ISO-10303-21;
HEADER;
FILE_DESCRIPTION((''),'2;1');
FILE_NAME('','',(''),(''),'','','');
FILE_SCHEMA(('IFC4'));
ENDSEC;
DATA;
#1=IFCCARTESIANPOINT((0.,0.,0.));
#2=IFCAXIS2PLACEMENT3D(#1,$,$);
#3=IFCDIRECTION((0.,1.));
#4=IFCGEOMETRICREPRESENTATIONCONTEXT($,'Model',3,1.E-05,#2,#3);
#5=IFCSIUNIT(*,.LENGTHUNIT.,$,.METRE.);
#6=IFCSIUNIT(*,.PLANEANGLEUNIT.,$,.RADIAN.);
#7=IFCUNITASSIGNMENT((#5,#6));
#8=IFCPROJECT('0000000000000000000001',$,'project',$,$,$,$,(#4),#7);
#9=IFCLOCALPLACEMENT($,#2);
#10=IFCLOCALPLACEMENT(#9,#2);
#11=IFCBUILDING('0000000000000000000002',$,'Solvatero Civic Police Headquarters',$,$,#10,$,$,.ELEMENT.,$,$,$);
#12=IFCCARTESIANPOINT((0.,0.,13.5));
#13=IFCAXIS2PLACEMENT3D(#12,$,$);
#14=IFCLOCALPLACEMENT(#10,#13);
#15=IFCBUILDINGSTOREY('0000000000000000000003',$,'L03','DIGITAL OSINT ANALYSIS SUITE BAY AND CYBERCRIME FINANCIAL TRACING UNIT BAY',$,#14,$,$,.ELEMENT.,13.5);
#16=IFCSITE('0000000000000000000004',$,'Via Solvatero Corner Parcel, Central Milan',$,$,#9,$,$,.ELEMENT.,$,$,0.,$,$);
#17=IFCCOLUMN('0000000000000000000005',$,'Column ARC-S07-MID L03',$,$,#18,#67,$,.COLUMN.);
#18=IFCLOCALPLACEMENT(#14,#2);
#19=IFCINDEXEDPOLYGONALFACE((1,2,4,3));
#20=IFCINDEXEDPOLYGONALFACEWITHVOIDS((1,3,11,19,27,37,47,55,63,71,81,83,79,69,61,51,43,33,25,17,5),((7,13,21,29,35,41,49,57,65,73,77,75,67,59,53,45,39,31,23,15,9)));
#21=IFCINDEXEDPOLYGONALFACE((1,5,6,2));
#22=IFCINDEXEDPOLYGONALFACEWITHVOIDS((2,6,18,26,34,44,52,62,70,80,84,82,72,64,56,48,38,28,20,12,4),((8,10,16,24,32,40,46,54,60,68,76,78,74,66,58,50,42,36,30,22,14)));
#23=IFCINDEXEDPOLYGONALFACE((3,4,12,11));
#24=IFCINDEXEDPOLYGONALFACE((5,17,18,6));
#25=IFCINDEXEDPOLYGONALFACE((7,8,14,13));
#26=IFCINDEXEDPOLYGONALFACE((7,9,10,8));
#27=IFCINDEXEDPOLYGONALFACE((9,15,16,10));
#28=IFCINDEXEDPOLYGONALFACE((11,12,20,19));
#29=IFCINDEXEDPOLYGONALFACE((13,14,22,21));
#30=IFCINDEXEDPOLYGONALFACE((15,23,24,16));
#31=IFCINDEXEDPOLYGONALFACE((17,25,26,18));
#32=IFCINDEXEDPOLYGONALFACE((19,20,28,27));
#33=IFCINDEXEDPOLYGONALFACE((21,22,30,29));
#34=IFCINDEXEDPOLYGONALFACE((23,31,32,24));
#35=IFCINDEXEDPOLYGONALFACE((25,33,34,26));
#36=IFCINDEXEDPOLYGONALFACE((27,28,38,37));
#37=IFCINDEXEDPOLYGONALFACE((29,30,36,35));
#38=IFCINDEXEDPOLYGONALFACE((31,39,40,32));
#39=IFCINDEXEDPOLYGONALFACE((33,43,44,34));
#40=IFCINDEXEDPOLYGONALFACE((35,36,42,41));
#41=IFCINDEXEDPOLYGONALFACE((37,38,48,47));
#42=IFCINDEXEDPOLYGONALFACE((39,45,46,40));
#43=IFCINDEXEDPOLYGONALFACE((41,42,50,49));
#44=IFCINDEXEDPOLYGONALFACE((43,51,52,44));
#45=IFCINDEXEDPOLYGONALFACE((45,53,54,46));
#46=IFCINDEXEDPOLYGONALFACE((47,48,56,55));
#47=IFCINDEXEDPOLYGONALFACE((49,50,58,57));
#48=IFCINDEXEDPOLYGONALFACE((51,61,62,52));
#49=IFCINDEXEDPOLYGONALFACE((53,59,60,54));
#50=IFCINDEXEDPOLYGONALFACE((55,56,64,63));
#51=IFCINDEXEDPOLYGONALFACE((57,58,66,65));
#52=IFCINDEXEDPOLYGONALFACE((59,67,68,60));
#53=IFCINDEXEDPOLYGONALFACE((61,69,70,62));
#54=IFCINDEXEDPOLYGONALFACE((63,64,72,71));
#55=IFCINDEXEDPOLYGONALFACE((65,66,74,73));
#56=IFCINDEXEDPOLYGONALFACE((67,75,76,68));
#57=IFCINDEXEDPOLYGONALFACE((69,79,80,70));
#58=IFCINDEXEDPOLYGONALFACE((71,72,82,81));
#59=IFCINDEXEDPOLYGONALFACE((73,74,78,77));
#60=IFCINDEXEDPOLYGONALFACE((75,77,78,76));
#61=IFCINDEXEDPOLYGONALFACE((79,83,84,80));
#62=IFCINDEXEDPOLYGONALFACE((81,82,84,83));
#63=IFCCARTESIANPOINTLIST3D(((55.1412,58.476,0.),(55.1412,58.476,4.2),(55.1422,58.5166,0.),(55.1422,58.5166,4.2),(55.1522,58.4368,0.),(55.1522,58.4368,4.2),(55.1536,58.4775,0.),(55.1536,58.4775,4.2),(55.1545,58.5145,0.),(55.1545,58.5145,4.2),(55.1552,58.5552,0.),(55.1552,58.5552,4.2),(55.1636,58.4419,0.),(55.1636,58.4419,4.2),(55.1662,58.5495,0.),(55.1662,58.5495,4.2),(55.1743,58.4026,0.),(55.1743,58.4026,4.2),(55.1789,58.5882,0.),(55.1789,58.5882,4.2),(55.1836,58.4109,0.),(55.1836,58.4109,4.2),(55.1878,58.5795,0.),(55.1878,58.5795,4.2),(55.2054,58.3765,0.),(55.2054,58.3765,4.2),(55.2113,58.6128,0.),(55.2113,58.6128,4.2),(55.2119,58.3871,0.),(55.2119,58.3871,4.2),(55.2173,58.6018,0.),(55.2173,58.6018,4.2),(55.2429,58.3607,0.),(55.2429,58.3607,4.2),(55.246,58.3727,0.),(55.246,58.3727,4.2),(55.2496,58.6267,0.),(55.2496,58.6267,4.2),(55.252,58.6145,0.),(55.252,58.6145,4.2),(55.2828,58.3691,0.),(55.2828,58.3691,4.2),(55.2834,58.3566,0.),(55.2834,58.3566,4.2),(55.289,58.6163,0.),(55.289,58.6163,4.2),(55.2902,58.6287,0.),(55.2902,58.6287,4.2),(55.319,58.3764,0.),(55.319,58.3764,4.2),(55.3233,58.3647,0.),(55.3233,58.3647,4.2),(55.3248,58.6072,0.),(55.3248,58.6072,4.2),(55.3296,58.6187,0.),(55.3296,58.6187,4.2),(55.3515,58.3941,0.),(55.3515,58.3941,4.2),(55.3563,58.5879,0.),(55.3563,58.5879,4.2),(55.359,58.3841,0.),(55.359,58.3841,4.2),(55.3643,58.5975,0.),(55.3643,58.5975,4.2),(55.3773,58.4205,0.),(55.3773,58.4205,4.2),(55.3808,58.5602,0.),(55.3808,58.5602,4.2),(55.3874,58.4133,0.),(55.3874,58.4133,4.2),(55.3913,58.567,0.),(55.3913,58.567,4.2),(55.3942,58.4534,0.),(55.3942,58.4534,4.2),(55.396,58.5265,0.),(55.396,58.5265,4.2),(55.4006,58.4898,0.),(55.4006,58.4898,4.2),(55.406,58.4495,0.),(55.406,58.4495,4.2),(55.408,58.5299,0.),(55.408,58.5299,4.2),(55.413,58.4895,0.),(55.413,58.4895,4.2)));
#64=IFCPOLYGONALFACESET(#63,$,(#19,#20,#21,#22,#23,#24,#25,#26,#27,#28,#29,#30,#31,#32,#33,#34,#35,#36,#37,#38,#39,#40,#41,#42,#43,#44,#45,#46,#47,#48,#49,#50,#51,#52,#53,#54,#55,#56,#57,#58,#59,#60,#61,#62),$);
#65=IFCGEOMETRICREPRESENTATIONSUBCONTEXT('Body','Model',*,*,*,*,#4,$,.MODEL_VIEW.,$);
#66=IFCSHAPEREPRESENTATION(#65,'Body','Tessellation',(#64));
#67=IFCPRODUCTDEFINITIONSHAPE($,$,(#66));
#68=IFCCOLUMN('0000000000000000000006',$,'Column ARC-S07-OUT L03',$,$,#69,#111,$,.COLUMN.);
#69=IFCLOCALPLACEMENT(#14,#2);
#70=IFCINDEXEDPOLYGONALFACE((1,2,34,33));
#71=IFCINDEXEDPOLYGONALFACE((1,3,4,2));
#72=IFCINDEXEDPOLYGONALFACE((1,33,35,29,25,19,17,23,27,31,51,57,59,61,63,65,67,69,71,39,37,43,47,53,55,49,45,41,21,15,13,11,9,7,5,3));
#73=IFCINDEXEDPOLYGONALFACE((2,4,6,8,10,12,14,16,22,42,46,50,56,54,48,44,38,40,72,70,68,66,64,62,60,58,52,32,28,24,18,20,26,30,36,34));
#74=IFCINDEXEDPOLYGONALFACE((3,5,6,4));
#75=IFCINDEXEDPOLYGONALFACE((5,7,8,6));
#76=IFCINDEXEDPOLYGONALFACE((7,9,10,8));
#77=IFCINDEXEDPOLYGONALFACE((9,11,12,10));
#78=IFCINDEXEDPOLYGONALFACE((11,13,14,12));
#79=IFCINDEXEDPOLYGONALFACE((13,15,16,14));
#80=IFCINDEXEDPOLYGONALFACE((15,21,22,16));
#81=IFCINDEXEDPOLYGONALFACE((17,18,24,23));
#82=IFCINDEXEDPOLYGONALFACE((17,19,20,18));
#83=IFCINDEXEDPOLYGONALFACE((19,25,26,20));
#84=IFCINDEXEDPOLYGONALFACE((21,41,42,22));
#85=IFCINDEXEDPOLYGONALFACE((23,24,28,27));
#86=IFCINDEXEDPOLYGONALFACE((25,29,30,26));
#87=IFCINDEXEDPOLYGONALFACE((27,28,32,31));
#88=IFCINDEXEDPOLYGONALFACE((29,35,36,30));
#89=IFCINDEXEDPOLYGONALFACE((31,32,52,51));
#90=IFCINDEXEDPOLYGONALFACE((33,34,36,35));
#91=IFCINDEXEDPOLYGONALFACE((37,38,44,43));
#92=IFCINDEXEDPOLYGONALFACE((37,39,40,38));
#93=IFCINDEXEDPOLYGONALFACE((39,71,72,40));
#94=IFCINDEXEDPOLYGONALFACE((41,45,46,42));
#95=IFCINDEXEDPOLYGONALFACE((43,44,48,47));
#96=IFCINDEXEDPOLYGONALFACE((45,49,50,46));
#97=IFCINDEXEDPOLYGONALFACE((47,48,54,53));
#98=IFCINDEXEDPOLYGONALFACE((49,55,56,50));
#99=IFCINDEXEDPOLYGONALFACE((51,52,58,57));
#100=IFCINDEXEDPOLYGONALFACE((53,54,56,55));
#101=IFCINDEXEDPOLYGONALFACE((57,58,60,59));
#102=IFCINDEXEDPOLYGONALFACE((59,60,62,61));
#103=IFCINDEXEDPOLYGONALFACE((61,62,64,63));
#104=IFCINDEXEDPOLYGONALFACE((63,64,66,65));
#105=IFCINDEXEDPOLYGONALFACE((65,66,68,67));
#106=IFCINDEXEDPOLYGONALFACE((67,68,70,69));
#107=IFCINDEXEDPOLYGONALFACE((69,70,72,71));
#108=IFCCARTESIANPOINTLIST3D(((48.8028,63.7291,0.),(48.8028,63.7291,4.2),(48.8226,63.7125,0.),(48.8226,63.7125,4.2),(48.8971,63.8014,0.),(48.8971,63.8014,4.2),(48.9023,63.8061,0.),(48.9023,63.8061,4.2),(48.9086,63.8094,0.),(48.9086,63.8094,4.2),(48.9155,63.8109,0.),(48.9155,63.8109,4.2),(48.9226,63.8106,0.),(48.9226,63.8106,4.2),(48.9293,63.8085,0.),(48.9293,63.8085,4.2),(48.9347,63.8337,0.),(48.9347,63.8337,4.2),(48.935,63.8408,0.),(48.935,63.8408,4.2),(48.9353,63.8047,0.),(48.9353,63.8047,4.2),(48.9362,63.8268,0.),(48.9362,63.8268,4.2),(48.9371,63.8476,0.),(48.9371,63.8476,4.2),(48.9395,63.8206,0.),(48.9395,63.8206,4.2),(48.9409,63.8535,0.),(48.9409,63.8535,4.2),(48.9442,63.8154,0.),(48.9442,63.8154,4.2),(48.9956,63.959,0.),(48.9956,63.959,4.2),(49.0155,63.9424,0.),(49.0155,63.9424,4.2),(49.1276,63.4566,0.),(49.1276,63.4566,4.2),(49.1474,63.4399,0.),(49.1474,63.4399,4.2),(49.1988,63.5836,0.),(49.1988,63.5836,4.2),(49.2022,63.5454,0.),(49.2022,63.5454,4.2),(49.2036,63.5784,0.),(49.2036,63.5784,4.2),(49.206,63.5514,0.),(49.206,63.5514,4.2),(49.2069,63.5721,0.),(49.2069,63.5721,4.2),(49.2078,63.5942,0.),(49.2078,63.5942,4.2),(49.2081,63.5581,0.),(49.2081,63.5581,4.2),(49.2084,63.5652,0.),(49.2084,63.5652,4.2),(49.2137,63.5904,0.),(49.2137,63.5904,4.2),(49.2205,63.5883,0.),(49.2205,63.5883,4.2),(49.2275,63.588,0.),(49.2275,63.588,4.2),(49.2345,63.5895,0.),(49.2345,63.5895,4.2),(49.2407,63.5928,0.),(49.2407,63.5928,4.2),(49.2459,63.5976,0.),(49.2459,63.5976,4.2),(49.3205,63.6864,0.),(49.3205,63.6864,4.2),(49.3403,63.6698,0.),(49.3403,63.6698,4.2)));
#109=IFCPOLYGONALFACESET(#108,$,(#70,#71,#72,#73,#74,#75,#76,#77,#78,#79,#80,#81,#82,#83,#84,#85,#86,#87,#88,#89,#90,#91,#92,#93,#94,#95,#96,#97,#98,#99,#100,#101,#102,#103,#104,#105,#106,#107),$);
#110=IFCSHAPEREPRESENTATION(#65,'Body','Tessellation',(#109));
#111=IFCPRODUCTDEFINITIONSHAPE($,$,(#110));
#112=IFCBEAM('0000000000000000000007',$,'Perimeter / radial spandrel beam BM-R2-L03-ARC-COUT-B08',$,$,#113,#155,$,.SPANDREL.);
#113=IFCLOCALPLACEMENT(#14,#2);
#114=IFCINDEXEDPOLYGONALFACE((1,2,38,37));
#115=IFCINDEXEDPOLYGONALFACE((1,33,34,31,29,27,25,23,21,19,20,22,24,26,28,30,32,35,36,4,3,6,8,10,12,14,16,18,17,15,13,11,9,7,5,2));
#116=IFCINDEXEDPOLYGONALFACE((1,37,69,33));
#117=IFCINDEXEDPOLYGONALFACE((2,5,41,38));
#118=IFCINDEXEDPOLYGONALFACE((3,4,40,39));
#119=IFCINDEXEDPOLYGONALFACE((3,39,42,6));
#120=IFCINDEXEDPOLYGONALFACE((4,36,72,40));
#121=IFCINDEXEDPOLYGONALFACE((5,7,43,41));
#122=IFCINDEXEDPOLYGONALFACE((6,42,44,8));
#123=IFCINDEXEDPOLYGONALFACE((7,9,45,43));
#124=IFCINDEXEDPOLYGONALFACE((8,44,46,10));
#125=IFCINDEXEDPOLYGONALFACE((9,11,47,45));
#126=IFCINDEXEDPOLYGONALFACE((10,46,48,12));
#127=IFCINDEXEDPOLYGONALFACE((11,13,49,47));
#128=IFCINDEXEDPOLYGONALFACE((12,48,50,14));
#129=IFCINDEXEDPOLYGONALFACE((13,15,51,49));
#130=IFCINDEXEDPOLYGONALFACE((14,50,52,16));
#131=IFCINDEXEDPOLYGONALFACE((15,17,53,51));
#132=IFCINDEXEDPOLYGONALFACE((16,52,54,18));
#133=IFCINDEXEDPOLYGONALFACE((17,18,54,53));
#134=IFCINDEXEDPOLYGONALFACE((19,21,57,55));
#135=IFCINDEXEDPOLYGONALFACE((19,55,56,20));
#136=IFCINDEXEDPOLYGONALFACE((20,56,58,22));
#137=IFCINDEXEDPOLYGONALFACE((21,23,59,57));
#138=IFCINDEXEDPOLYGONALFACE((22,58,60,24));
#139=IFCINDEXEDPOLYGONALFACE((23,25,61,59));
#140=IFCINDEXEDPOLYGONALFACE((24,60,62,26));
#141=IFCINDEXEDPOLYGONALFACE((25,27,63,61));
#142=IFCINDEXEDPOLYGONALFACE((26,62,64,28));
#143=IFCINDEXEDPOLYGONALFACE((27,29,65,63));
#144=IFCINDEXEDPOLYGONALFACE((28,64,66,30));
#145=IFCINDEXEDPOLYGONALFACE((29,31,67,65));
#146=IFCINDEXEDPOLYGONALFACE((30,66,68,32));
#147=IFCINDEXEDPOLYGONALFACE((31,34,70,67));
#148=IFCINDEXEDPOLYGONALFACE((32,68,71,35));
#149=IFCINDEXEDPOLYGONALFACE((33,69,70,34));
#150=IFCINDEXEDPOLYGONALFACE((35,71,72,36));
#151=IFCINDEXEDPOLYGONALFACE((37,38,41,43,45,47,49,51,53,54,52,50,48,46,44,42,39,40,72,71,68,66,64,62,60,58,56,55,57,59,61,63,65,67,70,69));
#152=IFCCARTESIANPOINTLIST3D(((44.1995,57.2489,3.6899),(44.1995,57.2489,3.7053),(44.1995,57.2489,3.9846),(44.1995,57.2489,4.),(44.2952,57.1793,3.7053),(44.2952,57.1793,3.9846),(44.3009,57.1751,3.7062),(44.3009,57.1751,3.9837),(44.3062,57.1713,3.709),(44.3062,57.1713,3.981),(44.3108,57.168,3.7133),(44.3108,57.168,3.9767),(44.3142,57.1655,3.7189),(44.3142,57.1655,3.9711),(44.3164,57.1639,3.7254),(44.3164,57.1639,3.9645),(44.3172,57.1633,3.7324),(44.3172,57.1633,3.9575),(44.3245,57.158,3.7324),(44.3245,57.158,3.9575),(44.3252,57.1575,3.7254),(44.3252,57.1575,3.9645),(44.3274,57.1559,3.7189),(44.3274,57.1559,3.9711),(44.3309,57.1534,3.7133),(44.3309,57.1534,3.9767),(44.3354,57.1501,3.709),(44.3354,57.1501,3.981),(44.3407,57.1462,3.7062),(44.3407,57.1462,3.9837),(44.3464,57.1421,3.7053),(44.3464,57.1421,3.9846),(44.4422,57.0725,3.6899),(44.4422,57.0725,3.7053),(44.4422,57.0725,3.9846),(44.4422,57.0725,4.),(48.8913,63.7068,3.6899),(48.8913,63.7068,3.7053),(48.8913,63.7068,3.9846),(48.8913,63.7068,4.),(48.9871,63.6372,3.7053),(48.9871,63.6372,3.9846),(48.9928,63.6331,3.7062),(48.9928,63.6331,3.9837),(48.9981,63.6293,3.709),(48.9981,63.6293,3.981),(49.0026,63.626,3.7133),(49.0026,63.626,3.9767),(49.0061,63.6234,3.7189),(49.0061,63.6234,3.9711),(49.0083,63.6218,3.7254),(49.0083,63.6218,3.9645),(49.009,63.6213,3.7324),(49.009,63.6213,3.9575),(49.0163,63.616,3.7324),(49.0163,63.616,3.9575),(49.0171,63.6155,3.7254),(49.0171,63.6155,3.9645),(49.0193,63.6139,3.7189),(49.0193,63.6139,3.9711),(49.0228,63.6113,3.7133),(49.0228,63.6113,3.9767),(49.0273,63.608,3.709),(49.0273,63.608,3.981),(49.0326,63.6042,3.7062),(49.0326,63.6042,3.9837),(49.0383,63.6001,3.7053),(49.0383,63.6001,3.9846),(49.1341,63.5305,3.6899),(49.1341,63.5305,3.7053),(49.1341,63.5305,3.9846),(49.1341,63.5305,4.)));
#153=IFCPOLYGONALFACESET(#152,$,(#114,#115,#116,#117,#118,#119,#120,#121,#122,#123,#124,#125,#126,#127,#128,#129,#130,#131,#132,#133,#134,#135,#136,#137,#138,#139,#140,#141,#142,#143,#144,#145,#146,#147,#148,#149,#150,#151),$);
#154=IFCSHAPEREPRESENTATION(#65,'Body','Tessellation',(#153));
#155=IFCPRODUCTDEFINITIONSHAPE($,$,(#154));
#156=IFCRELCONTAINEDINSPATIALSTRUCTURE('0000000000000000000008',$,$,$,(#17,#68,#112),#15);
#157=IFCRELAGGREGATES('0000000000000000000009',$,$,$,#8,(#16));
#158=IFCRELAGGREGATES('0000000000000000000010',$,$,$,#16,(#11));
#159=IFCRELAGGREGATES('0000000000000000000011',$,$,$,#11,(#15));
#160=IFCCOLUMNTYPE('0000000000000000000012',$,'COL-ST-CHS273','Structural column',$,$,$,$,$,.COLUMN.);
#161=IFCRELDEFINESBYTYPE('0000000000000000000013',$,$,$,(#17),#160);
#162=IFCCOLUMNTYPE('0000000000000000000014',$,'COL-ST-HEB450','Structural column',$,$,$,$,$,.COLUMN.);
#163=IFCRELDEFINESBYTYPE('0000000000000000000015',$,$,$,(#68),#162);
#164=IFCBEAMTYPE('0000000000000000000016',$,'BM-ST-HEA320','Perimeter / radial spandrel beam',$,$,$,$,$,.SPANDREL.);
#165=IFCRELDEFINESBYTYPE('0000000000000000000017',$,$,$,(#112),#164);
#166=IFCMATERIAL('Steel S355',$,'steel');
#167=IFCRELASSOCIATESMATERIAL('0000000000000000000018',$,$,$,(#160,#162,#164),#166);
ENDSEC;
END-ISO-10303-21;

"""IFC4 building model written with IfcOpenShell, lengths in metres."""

from ifc_helpers import new_model, si_unit, direction, frame, origin, origin_2d, place, context, subcontext, project, spatial, hollow_circle, i_section, extrude, material, material_profile, profile_set, type_object, element, save


model = new_model("IFC4")

# Units and contexts
model_context = context("Model", 3, precision=1e-05, world=origin(), true_north=direction((0.0, 1.0)))
body_context = subcontext(model_context, "Body", "Model", "MODEL_VIEW")
ifc_project = project(units=[si_unit("LENGTHUNIT", "METRE"), si_unit("PLANEANGLEUNIT", "RADIAN")], contexts=[model_context])

# Site, building, storey
site_placement = place(None, origin())
site = spatial("IfcSite", under=ifc_project, at=site_placement, Name="Via Solvatero Corner Parcel, Central Milan", CompositionType="ELEMENT", RefElevation=0.0)
building_placement = place(site_placement, origin())
building = spatial("IfcBuilding", under=site, at=building_placement, Name="Solvatero Civic Police Headquarters", CompositionType="ELEMENT")
storey_placement = place(building_placement, frame((0.0, 0.0, 13.5)))
storey = spatial("IfcBuildingStorey", under=building, at=storey_placement, Name="L03", Description="DIGITAL OSINT ANALYSIS SUITE BAY AND CYBERCRIME FINANCIAL TRACING UNIT BAY", CompositionType="ELEMENT", Elevation=13.5)

# Columns
ifc_material_1 = material(Name="Steel S355", Category="steel")
ifc_material_profile_1 = material_profile(ifc_material_1, hollow_circle(Radius=0.1365, WallThickness=0.0125, at=origin_2d()), Name="CHS 273.0x12.5")
ifc_profile_set_1 = profile_set([ifc_material_profile_1], Name="Steel S355")
column_type_1 = type_object("IfcColumnType", Name="COL-ST-CHS273", Description="Structural column", PredefinedType="COLUMN", material=ifc_profile_set_1)
column_1_placement = place(storey_placement, frame((55.2766, 58.4929, 0.0), z_axis=(0.0, 0.0, 1.0), x_axis=(0.642788, 0.766044, 0.0)))
element("IfcColumn", 1, at=column_1_placement, inside=storey, type_object=column_type_1, Name="Column ARC-S07-MID L03", PredefinedType="COLUMN", context=body_context, shape_type="SweptSolid", body=[
    extrude(hollow_circle(Radius=0.1365, WallThickness=0.0125, at=origin_2d()), origin(), (0.0, 0.0, 1.0), 4.2),
])
ifc_material_profile_2 = material_profile(ifc_material_1, i_section(OverallWidth=0.3, OverallDepth=0.45, WebThickness=0.0139, FlangeThickness=0.0259, FilletRadius=0.0271, at=origin_2d()), Name="HEB 450")
ifc_profile_set_2 = profile_set([ifc_material_profile_2], Name="Steel S355")
column_type_2 = type_object("IfcColumnType", Name="COL-ST-HEB450", Description="Structural column", PredefinedType="COLUMN", material=ifc_profile_set_2)
column_2_placement = place(storey_placement, frame((49.0715, 63.6995, 0.0), z_axis=(0.0, 0.0, 1.0), x_axis=(0.642788, 0.766044, 0.0)))
element("IfcColumn", 2, at=column_2_placement, inside=storey, type_object=column_type_2, Name="Column ARC-S07-OUT L03", PredefinedType="COLUMN", context=body_context, shape_type="SweptSolid", body=[
    extrude(i_section(OverallWidth=0.3, OverallDepth=0.45, WebThickness=0.0139, FlangeThickness=0.0259, FilletRadius=0.0271, at=origin_2d()), origin(), (0.0, 0.0, 1.0), 4.2),
])

# Beam
ifc_material_profile_3 = material_profile(ifc_material_1, i_section(OverallWidth=0.3, OverallDepth=0.3101, WebThickness=0.009, FlangeThickness=0.0154, FilletRadius=0.0271, at=origin_2d()), Name="HEA 320")
ifc_profile_set_3 = profile_set([ifc_material_profile_3], Name="Steel S355")
beam_type_1 = type_object("IfcBeamType", Name="BM-ST-HEA320", Description="Perimeter / radial spandrel beam", PredefinedType="SPANDREL", material=ifc_profile_set_3)
beam_1_placement = place(storey_placement, frame((49.0127, 63.6187, 3.845), z_axis=(-0.587775, -0.809024, 0.0), x_axis=(0.809024, -0.587775, 0.0)))
element("IfcBeam", 3, at=beam_1_placement, inside=storey, type_object=beam_type_1, Name="Perimeter / radial spandrel beam BM-R2-L03-ARC-COUT-B08", PredefinedType="SPANDREL", context=body_context, shape_type="SweptSolid", body=[
    extrude(i_section(OverallWidth=0.3, OverallDepth=0.3101, WebThickness=0.009, FlangeThickness=0.0154, FilletRadius=0.0271, at=origin_2d()), origin(), (0.0, 0.0, 1.0), 7.9824),
])

save(model, "model.ifc")
